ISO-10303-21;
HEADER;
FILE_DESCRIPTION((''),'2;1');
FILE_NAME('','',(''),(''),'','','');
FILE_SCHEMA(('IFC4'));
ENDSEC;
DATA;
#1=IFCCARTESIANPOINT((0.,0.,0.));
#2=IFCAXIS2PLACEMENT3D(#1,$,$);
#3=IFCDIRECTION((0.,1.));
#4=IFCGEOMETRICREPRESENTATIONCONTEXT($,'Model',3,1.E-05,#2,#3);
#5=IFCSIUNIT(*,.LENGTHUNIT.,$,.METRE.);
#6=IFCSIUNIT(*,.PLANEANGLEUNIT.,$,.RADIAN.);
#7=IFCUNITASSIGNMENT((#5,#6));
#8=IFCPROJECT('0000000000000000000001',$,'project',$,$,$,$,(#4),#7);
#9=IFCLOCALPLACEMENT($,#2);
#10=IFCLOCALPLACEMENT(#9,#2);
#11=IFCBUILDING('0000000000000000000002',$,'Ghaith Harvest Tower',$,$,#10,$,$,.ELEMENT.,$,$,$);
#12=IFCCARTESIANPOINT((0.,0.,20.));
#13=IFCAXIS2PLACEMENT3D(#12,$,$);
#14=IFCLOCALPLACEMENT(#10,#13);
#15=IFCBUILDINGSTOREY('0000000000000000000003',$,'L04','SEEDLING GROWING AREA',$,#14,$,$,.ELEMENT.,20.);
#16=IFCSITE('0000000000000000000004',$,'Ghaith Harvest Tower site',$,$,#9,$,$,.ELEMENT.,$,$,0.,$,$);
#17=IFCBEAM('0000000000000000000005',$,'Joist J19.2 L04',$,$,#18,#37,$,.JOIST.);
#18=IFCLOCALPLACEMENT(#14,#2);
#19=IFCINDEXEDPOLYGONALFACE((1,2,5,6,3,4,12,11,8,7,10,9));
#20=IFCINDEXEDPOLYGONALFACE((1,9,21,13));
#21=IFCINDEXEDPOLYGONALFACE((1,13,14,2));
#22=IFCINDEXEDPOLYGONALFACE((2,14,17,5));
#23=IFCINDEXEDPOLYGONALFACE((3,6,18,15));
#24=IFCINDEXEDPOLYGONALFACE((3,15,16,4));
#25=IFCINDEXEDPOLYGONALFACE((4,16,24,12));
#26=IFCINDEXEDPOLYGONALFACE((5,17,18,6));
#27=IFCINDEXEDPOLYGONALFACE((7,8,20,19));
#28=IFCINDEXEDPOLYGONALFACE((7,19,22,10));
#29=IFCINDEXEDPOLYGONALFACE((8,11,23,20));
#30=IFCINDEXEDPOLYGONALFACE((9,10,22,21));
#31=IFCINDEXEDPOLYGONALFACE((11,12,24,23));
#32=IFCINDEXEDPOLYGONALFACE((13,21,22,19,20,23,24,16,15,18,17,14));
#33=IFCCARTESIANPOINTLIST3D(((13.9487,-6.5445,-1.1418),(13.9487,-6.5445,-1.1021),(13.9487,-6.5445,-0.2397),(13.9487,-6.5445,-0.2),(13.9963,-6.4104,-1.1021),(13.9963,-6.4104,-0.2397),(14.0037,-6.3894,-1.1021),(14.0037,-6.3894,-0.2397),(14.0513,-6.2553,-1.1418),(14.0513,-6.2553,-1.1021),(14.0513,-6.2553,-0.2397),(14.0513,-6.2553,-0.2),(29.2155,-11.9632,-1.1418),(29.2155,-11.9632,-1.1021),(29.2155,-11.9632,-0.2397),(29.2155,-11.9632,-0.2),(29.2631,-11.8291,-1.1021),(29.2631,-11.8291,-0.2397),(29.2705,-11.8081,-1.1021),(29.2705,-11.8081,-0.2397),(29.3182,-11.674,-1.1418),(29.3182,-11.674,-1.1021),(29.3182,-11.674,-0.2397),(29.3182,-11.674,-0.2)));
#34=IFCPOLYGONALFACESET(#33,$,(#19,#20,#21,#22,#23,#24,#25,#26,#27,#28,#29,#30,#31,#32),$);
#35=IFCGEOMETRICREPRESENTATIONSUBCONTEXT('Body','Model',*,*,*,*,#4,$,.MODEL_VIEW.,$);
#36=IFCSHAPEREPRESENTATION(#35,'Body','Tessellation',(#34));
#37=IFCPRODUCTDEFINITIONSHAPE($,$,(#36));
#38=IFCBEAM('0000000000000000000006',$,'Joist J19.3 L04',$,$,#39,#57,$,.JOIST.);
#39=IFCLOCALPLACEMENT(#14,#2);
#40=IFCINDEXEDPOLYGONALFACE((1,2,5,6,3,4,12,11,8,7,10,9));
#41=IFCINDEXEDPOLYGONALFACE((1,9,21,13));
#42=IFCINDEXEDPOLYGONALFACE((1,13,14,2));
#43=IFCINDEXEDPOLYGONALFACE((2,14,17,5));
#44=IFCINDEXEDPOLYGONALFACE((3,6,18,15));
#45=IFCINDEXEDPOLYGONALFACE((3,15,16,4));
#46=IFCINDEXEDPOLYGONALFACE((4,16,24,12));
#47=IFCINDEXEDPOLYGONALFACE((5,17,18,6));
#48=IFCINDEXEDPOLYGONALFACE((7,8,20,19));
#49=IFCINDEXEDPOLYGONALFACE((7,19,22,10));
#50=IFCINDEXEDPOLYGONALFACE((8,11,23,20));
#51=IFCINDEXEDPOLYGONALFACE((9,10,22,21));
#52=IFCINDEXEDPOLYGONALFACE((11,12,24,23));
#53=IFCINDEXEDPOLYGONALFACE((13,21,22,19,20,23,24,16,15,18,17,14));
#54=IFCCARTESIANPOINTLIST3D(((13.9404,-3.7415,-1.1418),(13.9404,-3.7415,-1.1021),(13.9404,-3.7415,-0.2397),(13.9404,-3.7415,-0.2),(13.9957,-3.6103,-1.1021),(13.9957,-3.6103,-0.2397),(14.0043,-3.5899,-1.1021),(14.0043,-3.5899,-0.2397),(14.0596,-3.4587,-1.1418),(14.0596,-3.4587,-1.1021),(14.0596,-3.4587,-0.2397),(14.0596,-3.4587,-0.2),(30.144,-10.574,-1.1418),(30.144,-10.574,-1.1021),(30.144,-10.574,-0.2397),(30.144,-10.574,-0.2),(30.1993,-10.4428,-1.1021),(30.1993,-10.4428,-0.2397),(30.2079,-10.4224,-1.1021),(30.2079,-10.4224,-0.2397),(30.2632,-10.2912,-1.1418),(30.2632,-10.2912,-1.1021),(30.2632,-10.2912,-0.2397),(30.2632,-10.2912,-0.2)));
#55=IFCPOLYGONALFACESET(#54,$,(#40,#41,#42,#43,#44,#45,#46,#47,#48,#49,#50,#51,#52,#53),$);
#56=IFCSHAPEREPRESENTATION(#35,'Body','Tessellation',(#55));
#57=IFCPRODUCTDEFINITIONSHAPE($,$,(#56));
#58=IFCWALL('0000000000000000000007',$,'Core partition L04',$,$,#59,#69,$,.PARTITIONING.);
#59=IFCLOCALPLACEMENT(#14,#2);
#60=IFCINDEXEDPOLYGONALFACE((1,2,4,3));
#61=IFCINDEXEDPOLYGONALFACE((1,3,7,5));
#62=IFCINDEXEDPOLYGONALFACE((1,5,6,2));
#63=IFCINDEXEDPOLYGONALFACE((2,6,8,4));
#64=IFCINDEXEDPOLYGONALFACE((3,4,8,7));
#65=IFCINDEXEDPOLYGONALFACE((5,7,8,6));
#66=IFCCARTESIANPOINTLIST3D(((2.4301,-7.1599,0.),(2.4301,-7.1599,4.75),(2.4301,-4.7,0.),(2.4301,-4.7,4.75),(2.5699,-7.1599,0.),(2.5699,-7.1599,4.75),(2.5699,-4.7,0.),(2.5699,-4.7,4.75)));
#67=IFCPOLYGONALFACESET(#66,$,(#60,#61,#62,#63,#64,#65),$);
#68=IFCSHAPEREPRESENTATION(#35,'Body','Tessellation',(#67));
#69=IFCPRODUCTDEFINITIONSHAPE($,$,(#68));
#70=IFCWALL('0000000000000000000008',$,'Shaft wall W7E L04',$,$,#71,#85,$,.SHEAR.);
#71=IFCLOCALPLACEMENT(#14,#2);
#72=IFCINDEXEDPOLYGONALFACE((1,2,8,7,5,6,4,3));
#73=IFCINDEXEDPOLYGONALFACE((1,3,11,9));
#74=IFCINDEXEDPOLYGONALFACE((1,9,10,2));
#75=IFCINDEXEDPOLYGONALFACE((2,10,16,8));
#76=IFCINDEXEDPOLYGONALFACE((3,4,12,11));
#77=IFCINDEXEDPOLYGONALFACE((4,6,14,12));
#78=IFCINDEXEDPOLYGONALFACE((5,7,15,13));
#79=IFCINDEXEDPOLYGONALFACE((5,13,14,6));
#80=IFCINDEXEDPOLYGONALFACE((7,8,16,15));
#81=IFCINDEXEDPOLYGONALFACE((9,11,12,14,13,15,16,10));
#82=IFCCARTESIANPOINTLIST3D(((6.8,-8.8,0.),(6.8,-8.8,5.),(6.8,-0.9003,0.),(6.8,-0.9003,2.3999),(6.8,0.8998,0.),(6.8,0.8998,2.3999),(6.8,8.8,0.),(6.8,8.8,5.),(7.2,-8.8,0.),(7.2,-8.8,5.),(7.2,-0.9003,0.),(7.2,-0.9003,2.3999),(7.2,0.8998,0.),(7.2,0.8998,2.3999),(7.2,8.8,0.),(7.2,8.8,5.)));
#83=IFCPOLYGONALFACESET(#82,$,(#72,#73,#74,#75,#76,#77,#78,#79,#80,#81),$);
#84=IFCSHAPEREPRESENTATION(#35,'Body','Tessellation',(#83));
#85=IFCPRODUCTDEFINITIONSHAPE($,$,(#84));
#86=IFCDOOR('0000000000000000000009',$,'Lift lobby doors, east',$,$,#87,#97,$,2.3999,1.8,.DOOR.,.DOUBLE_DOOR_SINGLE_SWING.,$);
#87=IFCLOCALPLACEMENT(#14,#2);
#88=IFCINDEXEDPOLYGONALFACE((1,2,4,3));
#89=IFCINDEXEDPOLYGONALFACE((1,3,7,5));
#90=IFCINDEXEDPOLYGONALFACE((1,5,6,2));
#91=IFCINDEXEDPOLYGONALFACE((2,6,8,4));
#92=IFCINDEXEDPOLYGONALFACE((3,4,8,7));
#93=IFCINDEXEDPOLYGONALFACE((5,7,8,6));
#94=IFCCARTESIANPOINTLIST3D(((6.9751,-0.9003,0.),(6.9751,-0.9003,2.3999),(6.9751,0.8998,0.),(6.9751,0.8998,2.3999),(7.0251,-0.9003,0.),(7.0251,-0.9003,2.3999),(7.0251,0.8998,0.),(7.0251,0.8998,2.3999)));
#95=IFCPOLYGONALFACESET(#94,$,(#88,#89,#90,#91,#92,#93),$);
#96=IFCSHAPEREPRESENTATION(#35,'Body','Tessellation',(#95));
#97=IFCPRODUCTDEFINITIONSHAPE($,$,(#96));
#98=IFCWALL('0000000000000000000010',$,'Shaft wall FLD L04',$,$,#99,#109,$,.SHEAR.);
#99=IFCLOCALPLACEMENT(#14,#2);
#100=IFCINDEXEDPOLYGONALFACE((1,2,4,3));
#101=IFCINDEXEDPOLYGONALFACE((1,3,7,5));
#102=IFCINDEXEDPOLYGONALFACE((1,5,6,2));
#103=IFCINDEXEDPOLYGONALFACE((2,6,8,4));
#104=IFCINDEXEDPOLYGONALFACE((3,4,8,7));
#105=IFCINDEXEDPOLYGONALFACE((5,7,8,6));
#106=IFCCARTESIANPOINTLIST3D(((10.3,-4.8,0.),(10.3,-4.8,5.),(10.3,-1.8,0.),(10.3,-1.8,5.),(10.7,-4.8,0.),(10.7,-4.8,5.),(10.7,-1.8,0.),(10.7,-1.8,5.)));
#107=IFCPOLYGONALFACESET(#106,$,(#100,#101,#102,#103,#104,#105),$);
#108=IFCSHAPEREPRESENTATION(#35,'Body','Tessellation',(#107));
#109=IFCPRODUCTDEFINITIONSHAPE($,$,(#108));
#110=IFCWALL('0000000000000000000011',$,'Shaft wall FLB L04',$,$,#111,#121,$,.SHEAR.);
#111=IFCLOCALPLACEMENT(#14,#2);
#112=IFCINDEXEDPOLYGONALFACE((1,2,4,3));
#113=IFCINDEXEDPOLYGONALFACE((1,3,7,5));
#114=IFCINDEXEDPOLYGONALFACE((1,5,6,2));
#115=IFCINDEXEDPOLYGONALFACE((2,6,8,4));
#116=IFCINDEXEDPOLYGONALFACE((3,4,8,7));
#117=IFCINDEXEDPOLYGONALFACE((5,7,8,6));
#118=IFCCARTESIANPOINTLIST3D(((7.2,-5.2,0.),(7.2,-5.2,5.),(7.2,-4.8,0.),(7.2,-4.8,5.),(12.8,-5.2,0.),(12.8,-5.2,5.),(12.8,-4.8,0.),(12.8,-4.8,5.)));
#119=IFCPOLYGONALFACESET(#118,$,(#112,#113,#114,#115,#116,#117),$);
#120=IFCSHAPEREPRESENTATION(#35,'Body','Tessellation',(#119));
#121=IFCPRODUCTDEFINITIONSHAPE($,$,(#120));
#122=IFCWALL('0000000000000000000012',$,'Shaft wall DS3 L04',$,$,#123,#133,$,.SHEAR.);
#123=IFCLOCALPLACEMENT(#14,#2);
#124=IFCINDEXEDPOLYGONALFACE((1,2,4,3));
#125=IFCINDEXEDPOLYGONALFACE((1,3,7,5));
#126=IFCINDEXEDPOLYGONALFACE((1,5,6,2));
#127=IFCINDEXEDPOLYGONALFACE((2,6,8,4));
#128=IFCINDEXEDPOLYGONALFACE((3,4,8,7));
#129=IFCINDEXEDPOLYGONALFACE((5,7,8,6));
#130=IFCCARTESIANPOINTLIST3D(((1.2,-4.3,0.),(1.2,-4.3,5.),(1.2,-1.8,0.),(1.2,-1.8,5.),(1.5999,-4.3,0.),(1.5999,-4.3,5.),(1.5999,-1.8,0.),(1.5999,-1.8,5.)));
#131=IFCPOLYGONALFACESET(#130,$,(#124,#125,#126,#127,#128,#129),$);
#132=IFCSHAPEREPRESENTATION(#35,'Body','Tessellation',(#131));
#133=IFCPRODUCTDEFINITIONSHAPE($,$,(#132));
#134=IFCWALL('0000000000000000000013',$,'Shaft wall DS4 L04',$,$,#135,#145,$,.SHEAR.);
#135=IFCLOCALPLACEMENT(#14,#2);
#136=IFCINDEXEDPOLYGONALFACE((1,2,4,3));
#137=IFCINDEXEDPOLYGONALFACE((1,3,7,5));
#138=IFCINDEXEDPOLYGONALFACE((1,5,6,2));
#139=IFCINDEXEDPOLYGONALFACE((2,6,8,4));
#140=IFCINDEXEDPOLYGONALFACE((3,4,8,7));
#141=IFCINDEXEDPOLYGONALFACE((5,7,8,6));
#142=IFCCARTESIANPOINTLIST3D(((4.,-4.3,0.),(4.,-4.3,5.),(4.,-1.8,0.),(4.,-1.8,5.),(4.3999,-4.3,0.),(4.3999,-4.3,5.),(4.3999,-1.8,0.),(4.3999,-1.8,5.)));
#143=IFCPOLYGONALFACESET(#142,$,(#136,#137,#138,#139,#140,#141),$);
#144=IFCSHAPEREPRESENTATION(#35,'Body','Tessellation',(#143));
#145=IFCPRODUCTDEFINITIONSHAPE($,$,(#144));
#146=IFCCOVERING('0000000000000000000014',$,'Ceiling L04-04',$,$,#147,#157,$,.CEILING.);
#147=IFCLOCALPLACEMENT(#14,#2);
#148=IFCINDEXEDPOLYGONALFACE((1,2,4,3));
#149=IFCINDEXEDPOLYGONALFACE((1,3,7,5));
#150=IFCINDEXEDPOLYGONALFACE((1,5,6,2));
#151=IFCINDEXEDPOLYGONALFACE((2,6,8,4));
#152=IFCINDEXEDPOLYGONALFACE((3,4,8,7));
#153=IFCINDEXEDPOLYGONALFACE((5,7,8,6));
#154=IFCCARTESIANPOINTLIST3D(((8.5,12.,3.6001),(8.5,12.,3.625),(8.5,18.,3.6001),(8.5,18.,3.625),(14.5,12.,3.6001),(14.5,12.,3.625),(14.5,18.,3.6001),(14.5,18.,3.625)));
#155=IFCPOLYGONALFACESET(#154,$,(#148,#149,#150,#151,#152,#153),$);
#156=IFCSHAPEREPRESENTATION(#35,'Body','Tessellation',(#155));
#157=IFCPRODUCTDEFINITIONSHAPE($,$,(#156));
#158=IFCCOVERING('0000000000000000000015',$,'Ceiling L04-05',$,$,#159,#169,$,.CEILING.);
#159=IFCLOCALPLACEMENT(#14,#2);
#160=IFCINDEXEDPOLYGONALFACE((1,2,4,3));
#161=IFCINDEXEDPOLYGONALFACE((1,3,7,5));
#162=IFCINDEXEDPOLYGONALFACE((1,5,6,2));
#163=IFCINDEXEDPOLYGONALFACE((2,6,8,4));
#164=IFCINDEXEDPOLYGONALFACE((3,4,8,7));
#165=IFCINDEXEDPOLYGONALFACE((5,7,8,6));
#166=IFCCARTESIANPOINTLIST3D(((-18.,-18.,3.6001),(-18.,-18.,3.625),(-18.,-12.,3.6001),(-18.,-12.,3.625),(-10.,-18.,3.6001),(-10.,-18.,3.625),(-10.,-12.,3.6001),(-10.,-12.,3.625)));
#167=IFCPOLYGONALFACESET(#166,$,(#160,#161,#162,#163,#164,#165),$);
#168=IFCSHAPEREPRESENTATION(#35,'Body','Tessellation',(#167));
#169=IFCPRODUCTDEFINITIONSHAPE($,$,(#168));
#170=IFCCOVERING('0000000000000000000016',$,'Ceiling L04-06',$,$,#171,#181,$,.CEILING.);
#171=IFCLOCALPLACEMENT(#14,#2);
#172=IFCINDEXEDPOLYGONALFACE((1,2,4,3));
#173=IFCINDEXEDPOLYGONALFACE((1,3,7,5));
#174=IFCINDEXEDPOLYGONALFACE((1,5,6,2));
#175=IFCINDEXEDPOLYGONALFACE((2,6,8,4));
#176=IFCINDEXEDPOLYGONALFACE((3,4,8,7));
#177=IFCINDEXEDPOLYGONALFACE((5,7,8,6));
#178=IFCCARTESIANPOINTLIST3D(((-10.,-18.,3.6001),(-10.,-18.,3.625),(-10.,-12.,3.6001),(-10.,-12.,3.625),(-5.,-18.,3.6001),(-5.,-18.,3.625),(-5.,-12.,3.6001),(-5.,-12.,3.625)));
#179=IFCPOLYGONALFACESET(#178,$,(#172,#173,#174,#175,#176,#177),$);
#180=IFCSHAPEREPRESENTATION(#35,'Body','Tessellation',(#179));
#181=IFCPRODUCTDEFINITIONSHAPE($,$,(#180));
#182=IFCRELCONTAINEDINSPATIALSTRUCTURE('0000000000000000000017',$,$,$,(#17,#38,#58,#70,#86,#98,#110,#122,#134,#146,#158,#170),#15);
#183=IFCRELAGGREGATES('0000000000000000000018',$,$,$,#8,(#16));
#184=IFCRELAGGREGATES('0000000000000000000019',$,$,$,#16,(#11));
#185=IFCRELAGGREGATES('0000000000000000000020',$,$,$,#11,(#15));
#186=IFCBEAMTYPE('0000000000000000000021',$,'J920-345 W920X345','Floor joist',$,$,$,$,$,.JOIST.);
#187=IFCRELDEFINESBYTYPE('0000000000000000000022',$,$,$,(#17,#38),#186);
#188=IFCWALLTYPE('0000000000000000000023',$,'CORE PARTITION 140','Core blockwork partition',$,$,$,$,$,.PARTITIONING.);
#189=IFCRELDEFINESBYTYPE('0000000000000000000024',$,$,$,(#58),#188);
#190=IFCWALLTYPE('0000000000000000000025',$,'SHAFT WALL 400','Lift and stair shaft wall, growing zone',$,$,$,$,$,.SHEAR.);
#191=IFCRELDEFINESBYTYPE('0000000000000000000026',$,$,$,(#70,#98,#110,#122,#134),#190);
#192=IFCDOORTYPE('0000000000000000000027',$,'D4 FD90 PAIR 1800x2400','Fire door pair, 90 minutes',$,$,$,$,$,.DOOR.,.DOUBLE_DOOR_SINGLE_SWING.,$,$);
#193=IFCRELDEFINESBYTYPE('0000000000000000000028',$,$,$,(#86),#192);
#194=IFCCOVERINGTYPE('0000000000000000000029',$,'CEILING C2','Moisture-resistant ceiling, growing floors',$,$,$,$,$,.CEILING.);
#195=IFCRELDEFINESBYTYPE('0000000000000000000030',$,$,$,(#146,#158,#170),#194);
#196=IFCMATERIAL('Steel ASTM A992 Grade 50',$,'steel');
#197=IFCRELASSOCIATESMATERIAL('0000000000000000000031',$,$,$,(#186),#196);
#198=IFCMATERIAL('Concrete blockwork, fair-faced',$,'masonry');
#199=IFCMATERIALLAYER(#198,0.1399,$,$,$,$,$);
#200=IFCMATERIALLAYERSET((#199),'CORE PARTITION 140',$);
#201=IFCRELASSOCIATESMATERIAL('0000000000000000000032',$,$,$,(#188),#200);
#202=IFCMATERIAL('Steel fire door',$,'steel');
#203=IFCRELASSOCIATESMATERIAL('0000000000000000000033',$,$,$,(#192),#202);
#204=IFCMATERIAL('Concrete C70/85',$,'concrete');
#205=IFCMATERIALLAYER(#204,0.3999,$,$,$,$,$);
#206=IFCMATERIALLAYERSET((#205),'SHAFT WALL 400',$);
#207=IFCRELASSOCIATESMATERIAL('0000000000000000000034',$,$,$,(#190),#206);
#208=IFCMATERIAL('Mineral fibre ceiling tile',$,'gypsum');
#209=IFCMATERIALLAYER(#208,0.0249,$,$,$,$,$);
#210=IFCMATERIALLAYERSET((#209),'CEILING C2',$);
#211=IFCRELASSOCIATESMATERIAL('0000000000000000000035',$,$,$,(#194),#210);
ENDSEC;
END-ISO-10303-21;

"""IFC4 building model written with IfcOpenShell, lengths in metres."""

from ifc_helpers import new_model, si_unit, direction, frame, frame_2d, origin, origin_2d, place, context, subcontext, project, spatial, polyline, rectangle, i_section, outline, extrude, material, layer, layer_set, material_profile, profile_set, type_object, element, fill, save


model = new_model("IFC4")

# Units and contexts
model_context = context("Model", 3, precision=1e-05, world=origin(), true_north=direction((0.0, 1.0)))
body_context = subcontext(model_context, "Body", "Model", "MODEL_VIEW")
ifc_project = project(units=[si_unit("LENGTHUNIT", "METRE"), si_unit("PLANEANGLEUNIT", "RADIAN")], contexts=[model_context])

# Site, building, storey
site_placement = place(None, origin())
site = spatial("IfcSite", under=ifc_project, at=site_placement, Name="Ghaith Harvest Tower site", CompositionType="ELEMENT", RefElevation=0.0)
building_placement = place(site_placement, origin())
building = spatial("IfcBuilding", under=site, at=building_placement, Name="Ghaith Harvest Tower", CompositionType="ELEMENT")
storey_placement = place(building_placement, frame((0.0, 0.0, 20.0)))
storey = spatial("IfcBuildingStorey", under=building, at=storey_placement, Name="L04", Description="SEEDLING GROWING AREA", CompositionType="ELEMENT", Elevation=20.0)

# Beams
ifc_material_1 = material(Name="Steel ASTM A992 Grade 50", Category="steel")
ifc_material_profile_1 = material_profile(ifc_material_1, i_section(OverallWidth=0.3069, OverallDepth=0.9419, WebThickness=0.0222, FlangeThickness=0.0398, at=origin_2d()), Name="W920X345")
ifc_profile_set_1 = profile_set([ifc_material_profile_1], Name="Steel ASTM A992 Grade 50")
beam_type_1 = type_object("IfcBeamType", Name="J920-345 W920X345", Description="Floor joist", PredefinedType="JOIST", material=ifc_profile_set_1)
beam_1_placement = place(storey_placement, frame((14.0, -6.3999, -0.6709), z_axis=(0.9424, -0.334488, 0.0), x_axis=(0.334488, 0.9424, 0.0)))
element("IfcBeam", 1, at=beam_1_placement, inside=storey, type_object=beam_type_1, Name="Joist J19.2 L04", PredefinedType="JOIST", context=body_context, shape_type="SweptSolid", body=[
    extrude(i_section(OverallWidth=0.3069, OverallDepth=0.9419, WebThickness=0.0222, FlangeThickness=0.0398, at=origin_2d()), origin(), (0.0, 0.0, 1.0), 16.2),
])
beam_2_placement = place(storey_placement, frame((14.0, -3.6001, -0.6709), z_axis=(0.921433, -0.388537, 0.0), x_axis=(0.388537, 0.921433, 0.0)))
element("IfcBeam", 2, at=beam_2_placement, inside=storey, type_object=beam_type_1, Name="Joist J19.3 L04", PredefinedType="JOIST", context=body_context, shape_type="SweptSolid", body=[
    extrude(i_section(OverallWidth=0.3069, OverallDepth=0.9419, WebThickness=0.0222, FlangeThickness=0.0398, at=origin_2d()), origin(), (0.0, 0.0, 1.0), 17.5852),
])

# Wall
ifc_material_2 = material(Name="Concrete blockwork, fair-faced", Category="masonry")
ifc_layer_1 = layer(ifc_material_2, 0.1399)
ifc_layer_set_1 = layer_set([ifc_layer_1], Name="CORE PARTITION 140")
wall_type_1 = type_object("IfcWallType", Name="CORE PARTITION 140", Description="Core blockwork partition", PredefinedType="PARTITIONING", material=ifc_layer_set_1)
wall_1_placement = place(storey_placement, frame((2.5, -4.7, 0.0), z_axis=(0.0, 0.0, 1.0), x_axis=(0.0, -1.0, 0.0)))
element("IfcWall", 3, at=wall_1_placement, inside=storey, type_object=wall_type_1, Name="Core partition L04", PredefinedType="PARTITIONING", context=body_context, shape_type="SweptSolid", body=[
    extrude(rectangle(XDim=2.46, YDim=0.1399, at=frame_2d((1.23, 0.0))), origin(), (0.0, 0.0, 1.0), 4.75),
])

# Wall, opening, door
ifc_material_3 = material(Name="Steel fire door", Category="steel")
door_type_1 = type_object("IfcDoorType", Name="D4 FD90 PAIR 1800x2400", Description="Fire door pair, 90 minutes", OperationType="DOUBLE_DOOR_SINGLE_SWING", PredefinedType="DOOR", material=ifc_material_3)
ifc_material_4 = material(Name="Concrete C70/85", Category="concrete")
ifc_layer_2 = layer(ifc_material_4, 0.3999)
ifc_layer_set_2 = layer_set([ifc_layer_2], Name="SHAFT WALL 400")
wall_type_2 = type_object("IfcWallType", Name="SHAFT WALL 400", Description="Lift and stair shaft wall, growing zone", PredefinedType="SHEAR", material=ifc_layer_set_2)
wall_2_placement = place(storey_placement, frame((7.0, -8.8, 0.0), z_axis=(0.0, 0.0, 1.0), x_axis=(0.0, 1.0, 0.0)))
wall_2 = element("IfcWall", 4, at=wall_2_placement, inside=storey, type_object=wall_type_2, Name="Shaft wall W7E L04", PredefinedType="SHEAR", context=body_context, shape_type="SweptSolid", body=[
    extrude(rectangle(XDim=17.6001, YDim=0.3999, at=frame_2d((8.8, 0.0))), origin(), (0.0, 0.0, 1.0), 5.0),
])
opening_1_placement = place(wall_2_placement, frame((7.8999, 0.0, 0.0)))
opening_1 = element("IfcOpeningElement", 5, at=opening_1_placement, cuts=wall_2, PredefinedType="OPENING", context=body_context, shape_type="SweptSolid", body=[
    extrude(rectangle(XDim=1.8, YDim=2.3999, at=frame_2d((0.8999, 1.2))), frame((0.0, 0.21, 0.0), z_axis=(0.0, -1.0, 0.0), x_axis=(1.0, 0.0, 0.0)), (0.0, 0.0, 1.0), 0.4199),
])
door_1_placement = place(opening_1_placement, origin())
door_1 = element("IfcDoor", 6, at=door_1_placement, inside=storey, type_object=door_type_1, Name="Lift lobby doors, east", OperationType="DOUBLE_DOOR_SINGLE_SWING", OverallHeight=2.3999, OverallWidth=1.8, PredefinedType="DOOR", context=body_context, shape_type="SweptSolid", body=[
    extrude(rectangle(XDim=1.8, YDim=2.3999, at=frame_2d((0.8999, 1.2))), frame((0.0, 0.0249, 0.0), z_axis=(0.0, -1.0, 0.0), x_axis=(1.0, 0.0, 0.0)), (0.0, 0.0, 1.0), 0.05),
])
fill(opening_1, door_1)

# Walls
wall_3_placement = place(storey_placement, frame((10.5, -4.8, 0.0), z_axis=(0.0, 0.0, 1.0), x_axis=(0.0, 1.0, 0.0)))
element("IfcWall", 7, at=wall_3_placement, inside=storey, type_object=wall_type_2, Name="Shaft wall FLD L04", PredefinedType="SHEAR", context=body_context, shape_type="SweptSolid", body=[
    extrude(rectangle(XDim=3.0, YDim=0.3999, at=frame_2d((1.5, 0.0))), origin(), (0.0, 0.0, 1.0), 5.0),
])
wall_4_placement = place(storey_placement, frame((7.2, -5.0, 0.0), z_axis=(0.0, 0.0, 1.0), x_axis=(1.0, 0.0, 0.0)))
element("IfcWall", 8, at=wall_4_placement, inside=storey, type_object=wall_type_2, Name="Shaft wall FLB L04", PredefinedType="SHEAR", context=body_context, shape_type="SweptSolid", body=[
    extrude(rectangle(XDim=5.6001, YDim=0.3999, at=frame_2d((2.8, 0.0))), origin(), (0.0, 0.0, 1.0), 5.0),
])
for number, where, z_axis, x_axis, name in (
    (9, (1.3999, -4.3, 0.0), (0.0, 0.0, 1.0), (0.0, 1.0, 0.0), "Shaft wall DS3 L04"),
    (10, (4.2, -4.3, 0.0), (0.0, 0.0, 1.0), (0.0, 1.0, 0.0), "Shaft wall DS4 L04"),
):
    element("IfcWall", number, at=place(storey_placement, frame(where, z_axis=z_axis, x_axis=x_axis)), inside=storey, type_object=wall_type_2, Name=name, PredefinedType="SHEAR", context=body_context, shape_type="SweptSolid", body=[
        extrude(rectangle(XDim=2.5, YDim=0.3999, at=frame_2d((1.25, 0.0))), origin(), (0.0, 0.0, 1.0), 5.0),
    ])

# Coverings
ifc_material_5 = material(Name="Mineral fibre ceiling tile", Category="gypsum")
ifc_layer_3 = layer(ifc_material_5, 0.0249)
ifc_layer_set_3 = layer_set([ifc_layer_3], Name="CEILING C2")
covering_type = type_object("IfcCoveringType", Name="CEILING C2", Description="Moisture-resistant ceiling, growing floors", PredefinedType="CEILING", material=ifc_layer_set_3)
covering_1_placement = place(storey_placement, frame((0.0, 0.0, 3.6001)))
element("IfcCovering", 11, at=covering_1_placement, inside=storey, type_object=covering_type, Name="Ceiling L04-04", PredefinedType="CEILING", context=body_context, shape_type="SweptSolid", body=[
    extrude(outline(polyline([(8.5, 12.0), (14.5, 12.0), (14.5, 18.0), (8.5, 18.0), (8.5, 12.0)])), origin(), (0.0, 0.0, 1.0), 0.0249),
])
covering_2_placement = place(storey_placement, frame((0.0, 0.0, 3.6001)))
element("IfcCovering", 12, at=covering_2_placement, inside=storey, type_object=covering_type, Name="Ceiling L04-05", PredefinedType="CEILING", context=body_context, shape_type="SweptSolid", body=[
    extrude(outline(polyline([(-18.0, -18.0), (-10.0, -18.0), (-10.0, -12.0), (-18.0, -12.0), (-18.0, -18.0)])), origin(), (0.0, 0.0, 1.0), 0.0249),
])
covering_3_placement = place(storey_placement, frame((0.0, 0.0, 3.6001)))
element("IfcCovering", 13, at=covering_3_placement, inside=storey, type_object=covering_type, Name="Ceiling L04-06", PredefinedType="CEILING", context=body_context, shape_type="SweptSolid", body=[
    extrude(outline(polyline([(-10.0, -18.0), (-5.0, -18.0), (-5.0, -12.0), (-10.0, -12.0), (-10.0, -18.0)])), origin(), (0.0, 0.0, 1.0), 0.0249),
])

save(model, "model.ifc")
